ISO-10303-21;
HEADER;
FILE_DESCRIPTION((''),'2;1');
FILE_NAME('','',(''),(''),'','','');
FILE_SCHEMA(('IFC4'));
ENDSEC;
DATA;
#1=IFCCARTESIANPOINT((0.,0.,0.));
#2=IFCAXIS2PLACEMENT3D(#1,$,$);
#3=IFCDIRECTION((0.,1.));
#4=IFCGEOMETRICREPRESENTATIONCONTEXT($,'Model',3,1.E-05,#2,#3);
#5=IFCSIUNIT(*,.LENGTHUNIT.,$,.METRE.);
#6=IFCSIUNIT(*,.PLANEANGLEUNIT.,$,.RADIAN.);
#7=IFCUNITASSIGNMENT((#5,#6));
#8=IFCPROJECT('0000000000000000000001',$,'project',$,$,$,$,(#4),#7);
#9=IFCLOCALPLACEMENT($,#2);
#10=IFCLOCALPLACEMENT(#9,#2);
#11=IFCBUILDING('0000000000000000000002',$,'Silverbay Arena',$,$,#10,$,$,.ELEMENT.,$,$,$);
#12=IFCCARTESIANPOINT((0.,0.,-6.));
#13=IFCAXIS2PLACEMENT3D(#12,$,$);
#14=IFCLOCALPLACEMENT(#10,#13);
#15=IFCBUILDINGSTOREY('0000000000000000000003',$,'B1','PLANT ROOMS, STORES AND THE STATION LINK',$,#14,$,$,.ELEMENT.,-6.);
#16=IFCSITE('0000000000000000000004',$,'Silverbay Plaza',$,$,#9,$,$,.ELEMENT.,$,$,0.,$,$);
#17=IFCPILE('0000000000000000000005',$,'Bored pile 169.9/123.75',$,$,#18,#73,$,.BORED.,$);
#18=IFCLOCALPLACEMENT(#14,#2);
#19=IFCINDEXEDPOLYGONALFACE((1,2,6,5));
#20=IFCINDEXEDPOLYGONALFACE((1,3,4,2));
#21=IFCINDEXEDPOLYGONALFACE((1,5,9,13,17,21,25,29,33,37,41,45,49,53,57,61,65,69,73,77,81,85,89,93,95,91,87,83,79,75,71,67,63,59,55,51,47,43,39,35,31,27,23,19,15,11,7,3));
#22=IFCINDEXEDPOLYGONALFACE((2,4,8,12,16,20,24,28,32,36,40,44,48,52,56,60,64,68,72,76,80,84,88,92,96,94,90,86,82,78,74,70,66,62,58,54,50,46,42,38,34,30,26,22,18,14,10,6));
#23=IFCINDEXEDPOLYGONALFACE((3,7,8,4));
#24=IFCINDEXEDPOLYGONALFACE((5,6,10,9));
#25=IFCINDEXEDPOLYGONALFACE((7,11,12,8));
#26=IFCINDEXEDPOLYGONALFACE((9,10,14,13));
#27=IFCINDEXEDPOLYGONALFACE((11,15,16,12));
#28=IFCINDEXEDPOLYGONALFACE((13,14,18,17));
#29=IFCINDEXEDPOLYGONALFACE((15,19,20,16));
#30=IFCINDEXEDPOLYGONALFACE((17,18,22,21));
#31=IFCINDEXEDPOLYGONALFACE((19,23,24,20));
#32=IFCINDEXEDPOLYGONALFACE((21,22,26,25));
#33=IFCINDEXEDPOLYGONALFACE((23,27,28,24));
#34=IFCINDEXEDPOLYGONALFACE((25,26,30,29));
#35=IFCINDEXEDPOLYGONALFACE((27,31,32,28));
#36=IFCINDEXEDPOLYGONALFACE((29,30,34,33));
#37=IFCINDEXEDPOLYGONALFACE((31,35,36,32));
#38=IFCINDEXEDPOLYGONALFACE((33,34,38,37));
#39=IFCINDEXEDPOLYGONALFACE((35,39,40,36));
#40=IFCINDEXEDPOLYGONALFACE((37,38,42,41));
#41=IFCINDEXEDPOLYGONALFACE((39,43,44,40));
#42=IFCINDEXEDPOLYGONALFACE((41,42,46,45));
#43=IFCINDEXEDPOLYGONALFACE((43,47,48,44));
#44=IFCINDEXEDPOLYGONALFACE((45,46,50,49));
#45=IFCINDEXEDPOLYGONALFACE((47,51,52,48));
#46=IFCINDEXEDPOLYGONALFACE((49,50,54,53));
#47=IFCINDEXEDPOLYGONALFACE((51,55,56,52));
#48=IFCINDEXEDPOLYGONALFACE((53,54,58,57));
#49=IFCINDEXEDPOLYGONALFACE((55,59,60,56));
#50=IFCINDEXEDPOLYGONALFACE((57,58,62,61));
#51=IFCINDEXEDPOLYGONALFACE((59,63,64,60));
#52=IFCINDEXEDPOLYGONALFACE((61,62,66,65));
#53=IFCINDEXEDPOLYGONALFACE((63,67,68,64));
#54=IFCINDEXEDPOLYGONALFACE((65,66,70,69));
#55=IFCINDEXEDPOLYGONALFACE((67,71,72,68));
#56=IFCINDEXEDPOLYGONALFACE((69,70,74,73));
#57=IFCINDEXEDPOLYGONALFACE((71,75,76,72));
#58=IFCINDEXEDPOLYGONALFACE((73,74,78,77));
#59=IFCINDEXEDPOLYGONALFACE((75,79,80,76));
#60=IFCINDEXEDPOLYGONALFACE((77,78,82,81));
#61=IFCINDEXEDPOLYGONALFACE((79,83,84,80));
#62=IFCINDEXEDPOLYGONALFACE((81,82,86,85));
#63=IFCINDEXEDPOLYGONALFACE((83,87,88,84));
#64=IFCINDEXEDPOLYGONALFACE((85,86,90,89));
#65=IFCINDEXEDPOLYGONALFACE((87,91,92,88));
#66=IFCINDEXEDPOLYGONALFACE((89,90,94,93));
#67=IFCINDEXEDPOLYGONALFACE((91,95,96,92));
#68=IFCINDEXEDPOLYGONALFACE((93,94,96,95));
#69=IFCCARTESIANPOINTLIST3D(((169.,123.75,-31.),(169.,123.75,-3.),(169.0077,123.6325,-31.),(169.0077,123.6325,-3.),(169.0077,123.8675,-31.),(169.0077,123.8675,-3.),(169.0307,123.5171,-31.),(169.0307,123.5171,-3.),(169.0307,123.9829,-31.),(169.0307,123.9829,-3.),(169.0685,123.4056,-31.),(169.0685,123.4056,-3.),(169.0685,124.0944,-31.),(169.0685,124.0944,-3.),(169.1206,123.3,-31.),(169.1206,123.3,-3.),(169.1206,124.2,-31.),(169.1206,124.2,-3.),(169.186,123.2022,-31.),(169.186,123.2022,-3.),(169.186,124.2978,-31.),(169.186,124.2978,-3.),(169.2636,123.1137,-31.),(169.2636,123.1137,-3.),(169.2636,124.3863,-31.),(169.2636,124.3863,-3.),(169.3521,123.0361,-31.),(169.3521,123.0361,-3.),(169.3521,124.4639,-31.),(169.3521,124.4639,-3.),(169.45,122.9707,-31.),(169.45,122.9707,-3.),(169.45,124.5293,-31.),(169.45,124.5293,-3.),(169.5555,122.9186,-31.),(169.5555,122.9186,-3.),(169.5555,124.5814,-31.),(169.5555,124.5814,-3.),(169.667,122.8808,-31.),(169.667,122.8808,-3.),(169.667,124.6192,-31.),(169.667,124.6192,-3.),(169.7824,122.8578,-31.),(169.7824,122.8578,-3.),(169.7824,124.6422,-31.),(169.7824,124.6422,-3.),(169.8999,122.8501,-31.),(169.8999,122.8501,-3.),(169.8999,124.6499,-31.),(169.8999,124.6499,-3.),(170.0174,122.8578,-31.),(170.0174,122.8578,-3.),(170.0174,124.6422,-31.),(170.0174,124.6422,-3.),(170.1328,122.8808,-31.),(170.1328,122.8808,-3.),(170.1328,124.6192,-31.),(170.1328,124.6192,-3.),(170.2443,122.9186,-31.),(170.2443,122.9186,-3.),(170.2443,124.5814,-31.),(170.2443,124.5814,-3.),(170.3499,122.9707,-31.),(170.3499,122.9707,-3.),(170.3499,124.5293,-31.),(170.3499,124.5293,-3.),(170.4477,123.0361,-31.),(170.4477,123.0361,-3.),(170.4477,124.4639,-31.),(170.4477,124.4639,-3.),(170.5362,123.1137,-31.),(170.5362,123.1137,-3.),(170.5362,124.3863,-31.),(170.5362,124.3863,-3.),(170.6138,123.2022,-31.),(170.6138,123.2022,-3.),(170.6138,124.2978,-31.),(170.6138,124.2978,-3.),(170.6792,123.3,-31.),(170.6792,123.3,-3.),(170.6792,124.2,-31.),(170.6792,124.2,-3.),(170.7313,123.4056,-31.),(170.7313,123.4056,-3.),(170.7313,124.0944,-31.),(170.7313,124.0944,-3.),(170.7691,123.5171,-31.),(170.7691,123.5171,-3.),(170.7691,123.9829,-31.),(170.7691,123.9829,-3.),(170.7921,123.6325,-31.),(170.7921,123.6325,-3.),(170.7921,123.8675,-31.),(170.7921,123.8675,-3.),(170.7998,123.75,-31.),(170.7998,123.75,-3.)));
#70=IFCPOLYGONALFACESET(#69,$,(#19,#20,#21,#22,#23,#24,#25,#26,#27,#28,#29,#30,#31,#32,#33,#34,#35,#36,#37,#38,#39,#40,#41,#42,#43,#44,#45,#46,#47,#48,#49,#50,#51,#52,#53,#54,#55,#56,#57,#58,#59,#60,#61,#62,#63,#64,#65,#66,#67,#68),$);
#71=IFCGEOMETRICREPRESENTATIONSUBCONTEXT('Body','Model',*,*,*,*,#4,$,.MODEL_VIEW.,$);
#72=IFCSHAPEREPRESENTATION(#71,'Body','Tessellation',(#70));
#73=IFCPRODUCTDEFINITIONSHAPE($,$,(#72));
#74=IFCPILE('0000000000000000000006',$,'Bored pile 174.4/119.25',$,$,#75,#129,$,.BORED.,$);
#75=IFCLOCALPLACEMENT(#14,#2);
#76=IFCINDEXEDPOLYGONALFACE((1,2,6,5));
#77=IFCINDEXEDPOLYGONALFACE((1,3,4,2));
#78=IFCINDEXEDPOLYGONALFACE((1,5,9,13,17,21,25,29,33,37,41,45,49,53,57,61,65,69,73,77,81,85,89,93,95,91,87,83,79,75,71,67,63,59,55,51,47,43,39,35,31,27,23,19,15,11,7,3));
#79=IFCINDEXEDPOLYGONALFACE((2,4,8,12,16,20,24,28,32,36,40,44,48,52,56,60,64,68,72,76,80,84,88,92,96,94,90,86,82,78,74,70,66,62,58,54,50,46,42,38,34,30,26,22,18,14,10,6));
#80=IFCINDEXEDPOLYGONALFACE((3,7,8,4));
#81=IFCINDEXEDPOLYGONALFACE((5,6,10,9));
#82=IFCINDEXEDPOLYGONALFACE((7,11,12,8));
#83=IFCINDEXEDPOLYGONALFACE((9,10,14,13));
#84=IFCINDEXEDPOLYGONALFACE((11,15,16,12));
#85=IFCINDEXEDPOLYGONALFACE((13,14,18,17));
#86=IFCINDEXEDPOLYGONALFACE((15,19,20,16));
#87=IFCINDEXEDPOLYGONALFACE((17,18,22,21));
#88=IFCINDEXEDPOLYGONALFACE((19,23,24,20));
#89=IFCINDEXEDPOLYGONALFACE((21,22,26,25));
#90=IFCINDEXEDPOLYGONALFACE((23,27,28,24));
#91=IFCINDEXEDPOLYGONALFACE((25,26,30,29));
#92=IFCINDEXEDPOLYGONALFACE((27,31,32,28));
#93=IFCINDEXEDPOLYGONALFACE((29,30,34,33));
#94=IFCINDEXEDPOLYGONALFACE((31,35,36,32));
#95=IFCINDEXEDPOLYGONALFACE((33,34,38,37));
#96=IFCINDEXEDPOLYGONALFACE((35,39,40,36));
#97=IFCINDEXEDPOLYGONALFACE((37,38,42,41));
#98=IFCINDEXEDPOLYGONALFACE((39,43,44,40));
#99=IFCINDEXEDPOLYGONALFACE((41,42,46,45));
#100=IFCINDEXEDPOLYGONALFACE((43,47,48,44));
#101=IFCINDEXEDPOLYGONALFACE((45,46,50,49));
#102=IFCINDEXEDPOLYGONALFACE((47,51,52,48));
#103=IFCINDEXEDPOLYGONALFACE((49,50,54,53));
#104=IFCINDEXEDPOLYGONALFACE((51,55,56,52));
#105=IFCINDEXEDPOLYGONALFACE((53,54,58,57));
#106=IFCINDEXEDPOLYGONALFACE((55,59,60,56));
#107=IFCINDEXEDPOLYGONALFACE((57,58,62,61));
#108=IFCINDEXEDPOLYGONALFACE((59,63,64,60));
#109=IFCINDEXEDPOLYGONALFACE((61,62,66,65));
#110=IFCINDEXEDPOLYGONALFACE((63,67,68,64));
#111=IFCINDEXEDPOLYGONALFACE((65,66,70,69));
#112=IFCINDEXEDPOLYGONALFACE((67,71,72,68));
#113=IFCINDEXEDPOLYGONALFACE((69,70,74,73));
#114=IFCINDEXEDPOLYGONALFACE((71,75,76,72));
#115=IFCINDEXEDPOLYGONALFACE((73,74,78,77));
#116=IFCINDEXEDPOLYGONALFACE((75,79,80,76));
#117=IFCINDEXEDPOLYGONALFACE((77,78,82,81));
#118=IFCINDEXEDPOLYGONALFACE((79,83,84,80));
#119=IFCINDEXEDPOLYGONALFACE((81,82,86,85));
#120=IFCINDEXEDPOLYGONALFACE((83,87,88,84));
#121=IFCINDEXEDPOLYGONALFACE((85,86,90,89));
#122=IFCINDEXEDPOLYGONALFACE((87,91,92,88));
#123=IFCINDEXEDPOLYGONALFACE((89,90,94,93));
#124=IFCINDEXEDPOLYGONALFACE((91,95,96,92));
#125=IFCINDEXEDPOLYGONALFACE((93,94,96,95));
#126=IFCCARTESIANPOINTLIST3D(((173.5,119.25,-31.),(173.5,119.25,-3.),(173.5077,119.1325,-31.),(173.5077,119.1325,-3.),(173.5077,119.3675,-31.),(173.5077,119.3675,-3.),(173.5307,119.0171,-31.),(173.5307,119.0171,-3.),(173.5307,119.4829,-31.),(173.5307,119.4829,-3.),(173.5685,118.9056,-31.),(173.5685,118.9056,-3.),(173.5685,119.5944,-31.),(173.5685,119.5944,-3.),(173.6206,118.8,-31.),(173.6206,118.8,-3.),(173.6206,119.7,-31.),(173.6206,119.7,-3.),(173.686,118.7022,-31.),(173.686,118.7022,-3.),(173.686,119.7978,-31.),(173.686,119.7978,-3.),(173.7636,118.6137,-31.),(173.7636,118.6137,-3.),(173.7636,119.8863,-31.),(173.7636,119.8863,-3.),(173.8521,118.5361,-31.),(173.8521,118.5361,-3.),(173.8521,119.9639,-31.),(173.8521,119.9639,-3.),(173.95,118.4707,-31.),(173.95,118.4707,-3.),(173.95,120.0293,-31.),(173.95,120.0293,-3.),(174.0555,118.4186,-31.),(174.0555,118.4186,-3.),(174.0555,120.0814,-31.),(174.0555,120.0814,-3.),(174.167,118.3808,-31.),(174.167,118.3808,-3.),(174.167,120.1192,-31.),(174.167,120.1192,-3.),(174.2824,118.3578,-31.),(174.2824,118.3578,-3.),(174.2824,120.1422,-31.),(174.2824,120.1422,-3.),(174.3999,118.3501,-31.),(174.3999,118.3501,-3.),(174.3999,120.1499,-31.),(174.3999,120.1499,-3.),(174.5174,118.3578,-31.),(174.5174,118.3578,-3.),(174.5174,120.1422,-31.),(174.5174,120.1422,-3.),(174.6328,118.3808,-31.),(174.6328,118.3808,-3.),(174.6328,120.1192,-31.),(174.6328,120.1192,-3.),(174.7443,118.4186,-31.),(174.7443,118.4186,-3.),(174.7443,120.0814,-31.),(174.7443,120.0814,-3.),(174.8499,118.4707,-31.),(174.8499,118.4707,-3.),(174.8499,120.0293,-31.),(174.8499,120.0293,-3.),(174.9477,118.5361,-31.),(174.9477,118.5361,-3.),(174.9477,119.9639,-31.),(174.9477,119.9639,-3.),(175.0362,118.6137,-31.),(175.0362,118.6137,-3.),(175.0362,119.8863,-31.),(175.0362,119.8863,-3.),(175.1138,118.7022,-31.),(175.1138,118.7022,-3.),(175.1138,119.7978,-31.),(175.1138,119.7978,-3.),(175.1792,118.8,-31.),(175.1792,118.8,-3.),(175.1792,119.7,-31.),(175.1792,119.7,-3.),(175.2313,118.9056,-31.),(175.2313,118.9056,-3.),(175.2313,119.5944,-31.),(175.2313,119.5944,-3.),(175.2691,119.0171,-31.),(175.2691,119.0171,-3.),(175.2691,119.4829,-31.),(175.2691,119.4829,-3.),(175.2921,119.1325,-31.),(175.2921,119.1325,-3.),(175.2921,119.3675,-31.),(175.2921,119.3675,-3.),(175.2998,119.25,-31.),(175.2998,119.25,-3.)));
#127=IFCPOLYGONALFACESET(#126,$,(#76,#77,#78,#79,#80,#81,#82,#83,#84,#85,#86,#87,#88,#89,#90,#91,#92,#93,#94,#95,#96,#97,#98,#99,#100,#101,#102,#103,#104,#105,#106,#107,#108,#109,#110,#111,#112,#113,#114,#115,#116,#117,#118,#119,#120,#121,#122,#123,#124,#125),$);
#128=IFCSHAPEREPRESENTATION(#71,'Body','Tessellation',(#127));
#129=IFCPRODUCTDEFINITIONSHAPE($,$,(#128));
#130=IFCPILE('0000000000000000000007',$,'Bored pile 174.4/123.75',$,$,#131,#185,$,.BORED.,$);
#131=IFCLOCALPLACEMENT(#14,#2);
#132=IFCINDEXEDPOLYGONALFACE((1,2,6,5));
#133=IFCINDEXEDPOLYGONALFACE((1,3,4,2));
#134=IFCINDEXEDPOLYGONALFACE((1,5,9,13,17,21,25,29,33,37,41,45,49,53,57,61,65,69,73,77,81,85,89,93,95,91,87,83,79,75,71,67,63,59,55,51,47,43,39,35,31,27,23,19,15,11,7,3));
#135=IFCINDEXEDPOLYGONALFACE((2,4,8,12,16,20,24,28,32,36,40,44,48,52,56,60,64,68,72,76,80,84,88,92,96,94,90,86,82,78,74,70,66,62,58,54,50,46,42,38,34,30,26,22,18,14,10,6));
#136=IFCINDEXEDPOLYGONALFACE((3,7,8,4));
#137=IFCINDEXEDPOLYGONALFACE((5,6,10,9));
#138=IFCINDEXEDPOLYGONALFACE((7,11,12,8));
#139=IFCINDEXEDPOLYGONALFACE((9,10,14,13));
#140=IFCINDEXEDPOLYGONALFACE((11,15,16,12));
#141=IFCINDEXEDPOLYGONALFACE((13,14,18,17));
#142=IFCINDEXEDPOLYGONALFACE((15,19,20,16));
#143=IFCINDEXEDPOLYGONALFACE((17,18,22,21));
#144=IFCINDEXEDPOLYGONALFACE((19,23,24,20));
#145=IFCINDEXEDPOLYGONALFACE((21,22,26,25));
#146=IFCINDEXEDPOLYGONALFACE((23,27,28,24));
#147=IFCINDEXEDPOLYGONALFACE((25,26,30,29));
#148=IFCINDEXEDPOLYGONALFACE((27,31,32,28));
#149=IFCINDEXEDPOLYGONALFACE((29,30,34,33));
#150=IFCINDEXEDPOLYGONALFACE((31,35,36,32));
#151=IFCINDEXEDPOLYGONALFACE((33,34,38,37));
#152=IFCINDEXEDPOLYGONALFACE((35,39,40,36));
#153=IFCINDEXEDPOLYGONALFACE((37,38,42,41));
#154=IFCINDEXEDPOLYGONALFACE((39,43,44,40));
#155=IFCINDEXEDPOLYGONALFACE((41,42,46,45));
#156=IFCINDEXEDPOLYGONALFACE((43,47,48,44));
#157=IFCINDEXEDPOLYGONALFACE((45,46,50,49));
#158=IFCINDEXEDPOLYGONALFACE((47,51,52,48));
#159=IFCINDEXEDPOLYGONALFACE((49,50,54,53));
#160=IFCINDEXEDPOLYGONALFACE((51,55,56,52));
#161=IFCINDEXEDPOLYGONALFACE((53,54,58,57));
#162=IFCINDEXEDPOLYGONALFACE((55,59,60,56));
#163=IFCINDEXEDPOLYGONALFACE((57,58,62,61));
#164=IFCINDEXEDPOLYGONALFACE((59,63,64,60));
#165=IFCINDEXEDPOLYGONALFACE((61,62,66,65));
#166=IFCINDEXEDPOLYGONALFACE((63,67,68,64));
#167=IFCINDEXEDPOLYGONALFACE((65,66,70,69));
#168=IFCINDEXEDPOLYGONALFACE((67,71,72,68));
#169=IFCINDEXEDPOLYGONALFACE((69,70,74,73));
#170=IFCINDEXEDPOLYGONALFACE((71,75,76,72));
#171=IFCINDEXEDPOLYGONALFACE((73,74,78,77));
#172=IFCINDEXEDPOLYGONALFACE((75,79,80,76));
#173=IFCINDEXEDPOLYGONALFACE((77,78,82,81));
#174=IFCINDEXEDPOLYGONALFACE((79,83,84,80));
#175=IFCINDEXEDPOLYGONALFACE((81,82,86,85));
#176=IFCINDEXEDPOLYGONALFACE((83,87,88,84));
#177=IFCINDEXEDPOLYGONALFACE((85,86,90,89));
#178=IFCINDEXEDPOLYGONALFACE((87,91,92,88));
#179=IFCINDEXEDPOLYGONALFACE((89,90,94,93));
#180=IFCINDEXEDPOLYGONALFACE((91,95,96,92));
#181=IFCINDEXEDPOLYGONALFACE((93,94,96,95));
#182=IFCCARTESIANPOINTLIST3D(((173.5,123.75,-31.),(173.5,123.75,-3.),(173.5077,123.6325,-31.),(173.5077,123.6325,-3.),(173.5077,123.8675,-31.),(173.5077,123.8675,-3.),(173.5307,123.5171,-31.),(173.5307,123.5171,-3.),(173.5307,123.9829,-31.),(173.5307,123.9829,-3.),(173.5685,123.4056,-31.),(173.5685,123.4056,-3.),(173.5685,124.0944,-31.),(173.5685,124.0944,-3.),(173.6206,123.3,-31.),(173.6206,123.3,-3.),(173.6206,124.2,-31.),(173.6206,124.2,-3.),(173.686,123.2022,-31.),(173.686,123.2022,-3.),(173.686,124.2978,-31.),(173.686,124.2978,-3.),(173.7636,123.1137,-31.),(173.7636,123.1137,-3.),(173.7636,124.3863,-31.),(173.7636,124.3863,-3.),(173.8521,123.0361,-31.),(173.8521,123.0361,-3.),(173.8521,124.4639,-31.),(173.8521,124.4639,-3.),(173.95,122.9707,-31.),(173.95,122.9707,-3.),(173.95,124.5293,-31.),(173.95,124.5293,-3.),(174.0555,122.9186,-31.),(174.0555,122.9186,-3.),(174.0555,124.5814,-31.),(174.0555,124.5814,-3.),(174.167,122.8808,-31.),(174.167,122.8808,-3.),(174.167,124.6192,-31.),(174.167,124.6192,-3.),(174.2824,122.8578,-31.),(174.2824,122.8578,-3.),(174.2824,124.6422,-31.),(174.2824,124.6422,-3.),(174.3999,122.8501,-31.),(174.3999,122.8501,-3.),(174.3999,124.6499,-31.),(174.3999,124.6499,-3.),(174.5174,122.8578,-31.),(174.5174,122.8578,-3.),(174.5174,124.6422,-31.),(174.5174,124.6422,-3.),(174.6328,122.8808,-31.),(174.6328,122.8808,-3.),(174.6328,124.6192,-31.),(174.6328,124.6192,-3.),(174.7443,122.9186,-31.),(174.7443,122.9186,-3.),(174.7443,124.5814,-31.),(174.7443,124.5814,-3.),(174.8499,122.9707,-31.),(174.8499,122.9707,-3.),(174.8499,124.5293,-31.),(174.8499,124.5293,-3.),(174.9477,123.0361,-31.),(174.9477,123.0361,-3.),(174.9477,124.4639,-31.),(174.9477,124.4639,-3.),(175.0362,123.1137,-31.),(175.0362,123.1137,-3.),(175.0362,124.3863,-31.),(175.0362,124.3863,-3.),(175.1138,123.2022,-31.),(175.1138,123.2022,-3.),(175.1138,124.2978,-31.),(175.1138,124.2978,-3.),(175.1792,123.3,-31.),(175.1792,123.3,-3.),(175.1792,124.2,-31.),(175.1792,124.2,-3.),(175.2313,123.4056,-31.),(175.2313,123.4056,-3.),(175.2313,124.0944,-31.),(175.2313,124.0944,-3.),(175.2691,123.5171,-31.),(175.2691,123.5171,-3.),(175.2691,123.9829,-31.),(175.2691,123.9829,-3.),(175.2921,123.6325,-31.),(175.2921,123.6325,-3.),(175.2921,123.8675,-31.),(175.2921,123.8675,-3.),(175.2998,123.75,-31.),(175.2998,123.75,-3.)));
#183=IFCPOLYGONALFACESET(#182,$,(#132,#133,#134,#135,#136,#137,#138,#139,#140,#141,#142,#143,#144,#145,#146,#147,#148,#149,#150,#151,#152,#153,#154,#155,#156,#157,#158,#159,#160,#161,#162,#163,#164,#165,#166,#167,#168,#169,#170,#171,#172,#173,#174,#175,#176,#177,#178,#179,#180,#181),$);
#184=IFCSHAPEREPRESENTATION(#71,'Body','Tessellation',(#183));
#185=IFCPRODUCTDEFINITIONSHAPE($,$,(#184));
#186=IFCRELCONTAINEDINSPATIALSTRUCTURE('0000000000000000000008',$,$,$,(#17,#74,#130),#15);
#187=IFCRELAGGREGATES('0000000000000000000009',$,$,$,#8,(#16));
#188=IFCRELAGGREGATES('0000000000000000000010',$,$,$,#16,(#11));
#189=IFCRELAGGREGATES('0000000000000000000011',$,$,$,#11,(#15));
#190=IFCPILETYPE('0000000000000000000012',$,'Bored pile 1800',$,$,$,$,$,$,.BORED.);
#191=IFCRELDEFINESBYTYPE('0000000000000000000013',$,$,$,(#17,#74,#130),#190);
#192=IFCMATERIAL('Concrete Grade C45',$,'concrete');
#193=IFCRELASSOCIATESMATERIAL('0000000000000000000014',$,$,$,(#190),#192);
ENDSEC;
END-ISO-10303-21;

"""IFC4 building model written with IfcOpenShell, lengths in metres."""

from ifc_helpers import new_model, si_unit, direction, frame, origin, origin_2d, place, context, subcontext, project, spatial, circle, extrude, material, material_profile, profile_set, type_object, element, save


model = new_model("IFC4")

# Units and contexts
model_context = context("Model", 3, precision=1e-05, world=origin(), true_north=direction((0.0, 1.0)))
body_context = subcontext(model_context, "Body", "Model", "MODEL_VIEW")
ifc_project = project(units=[si_unit("LENGTHUNIT", "METRE"), si_unit("PLANEANGLEUNIT", "RADIAN")], contexts=[model_context])

# Site, building, storey
site_placement = place(None, origin())
site = spatial("IfcSite", under=ifc_project, at=site_placement, Name="Silverbay Plaza", CompositionType="ELEMENT", RefElevation=0.0)
building_placement = place(site_placement, origin())
building = spatial("IfcBuilding", under=site, at=building_placement, Name="Silverbay Arena", CompositionType="ELEMENT")
storey_placement = place(building_placement, frame((0.0, 0.0, -6.0)))
storey = spatial("IfcBuildingStorey", under=building, at=storey_placement, Name="B1", Description="PLANT ROOMS, STORES AND THE STATION LINK", CompositionType="ELEMENT", Elevation=-6.0)

# Piles
ifc_material_1 = material(Name="Concrete Grade C45", Category="concrete")
ifc_material_profile = material_profile(ifc_material_1, circle(Radius=0.8999, at=origin_2d()), Name="Bored pile 1800")
ifc_profile_set = profile_set([ifc_material_profile], Name="Concrete Grade C45")
pile_type = type_object("IfcPileType", Name="Bored pile 1800", PredefinedType="BORED", material=ifc_profile_set)
for number, where, z_axis, x_axis, name in (
    (1, (169.8999, 123.75, -3.0), (0.0, 0.0, -1.0), (1.0, 0.0, 0.0), "Bored pile 169.9/123.75"),
    (2, (174.3999, 119.25, -3.0), (0.0, 0.0, -1.0), (1.0, 0.0, 0.0), "Bored pile 174.4/119.25"),
    (3, (174.3999, 123.75, -3.0), (0.0, 0.0, -1.0), (1.0, 0.0, 0.0), "Bored pile 174.4/123.75"),
):
    element("IfcPile", number, at=place(storey_placement, frame(where, z_axis=z_axis, x_axis=x_axis)), inside=storey, type_object=pile_type, Name=name, PredefinedType="BORED", context=body_context, shape_type="SweptSolid", body=[
        extrude(circle(Radius=0.8999, at=origin_2d()), origin(), (0.0, 0.0, 1.0), 28.0),
    ])

save(model, "model.ifc")
